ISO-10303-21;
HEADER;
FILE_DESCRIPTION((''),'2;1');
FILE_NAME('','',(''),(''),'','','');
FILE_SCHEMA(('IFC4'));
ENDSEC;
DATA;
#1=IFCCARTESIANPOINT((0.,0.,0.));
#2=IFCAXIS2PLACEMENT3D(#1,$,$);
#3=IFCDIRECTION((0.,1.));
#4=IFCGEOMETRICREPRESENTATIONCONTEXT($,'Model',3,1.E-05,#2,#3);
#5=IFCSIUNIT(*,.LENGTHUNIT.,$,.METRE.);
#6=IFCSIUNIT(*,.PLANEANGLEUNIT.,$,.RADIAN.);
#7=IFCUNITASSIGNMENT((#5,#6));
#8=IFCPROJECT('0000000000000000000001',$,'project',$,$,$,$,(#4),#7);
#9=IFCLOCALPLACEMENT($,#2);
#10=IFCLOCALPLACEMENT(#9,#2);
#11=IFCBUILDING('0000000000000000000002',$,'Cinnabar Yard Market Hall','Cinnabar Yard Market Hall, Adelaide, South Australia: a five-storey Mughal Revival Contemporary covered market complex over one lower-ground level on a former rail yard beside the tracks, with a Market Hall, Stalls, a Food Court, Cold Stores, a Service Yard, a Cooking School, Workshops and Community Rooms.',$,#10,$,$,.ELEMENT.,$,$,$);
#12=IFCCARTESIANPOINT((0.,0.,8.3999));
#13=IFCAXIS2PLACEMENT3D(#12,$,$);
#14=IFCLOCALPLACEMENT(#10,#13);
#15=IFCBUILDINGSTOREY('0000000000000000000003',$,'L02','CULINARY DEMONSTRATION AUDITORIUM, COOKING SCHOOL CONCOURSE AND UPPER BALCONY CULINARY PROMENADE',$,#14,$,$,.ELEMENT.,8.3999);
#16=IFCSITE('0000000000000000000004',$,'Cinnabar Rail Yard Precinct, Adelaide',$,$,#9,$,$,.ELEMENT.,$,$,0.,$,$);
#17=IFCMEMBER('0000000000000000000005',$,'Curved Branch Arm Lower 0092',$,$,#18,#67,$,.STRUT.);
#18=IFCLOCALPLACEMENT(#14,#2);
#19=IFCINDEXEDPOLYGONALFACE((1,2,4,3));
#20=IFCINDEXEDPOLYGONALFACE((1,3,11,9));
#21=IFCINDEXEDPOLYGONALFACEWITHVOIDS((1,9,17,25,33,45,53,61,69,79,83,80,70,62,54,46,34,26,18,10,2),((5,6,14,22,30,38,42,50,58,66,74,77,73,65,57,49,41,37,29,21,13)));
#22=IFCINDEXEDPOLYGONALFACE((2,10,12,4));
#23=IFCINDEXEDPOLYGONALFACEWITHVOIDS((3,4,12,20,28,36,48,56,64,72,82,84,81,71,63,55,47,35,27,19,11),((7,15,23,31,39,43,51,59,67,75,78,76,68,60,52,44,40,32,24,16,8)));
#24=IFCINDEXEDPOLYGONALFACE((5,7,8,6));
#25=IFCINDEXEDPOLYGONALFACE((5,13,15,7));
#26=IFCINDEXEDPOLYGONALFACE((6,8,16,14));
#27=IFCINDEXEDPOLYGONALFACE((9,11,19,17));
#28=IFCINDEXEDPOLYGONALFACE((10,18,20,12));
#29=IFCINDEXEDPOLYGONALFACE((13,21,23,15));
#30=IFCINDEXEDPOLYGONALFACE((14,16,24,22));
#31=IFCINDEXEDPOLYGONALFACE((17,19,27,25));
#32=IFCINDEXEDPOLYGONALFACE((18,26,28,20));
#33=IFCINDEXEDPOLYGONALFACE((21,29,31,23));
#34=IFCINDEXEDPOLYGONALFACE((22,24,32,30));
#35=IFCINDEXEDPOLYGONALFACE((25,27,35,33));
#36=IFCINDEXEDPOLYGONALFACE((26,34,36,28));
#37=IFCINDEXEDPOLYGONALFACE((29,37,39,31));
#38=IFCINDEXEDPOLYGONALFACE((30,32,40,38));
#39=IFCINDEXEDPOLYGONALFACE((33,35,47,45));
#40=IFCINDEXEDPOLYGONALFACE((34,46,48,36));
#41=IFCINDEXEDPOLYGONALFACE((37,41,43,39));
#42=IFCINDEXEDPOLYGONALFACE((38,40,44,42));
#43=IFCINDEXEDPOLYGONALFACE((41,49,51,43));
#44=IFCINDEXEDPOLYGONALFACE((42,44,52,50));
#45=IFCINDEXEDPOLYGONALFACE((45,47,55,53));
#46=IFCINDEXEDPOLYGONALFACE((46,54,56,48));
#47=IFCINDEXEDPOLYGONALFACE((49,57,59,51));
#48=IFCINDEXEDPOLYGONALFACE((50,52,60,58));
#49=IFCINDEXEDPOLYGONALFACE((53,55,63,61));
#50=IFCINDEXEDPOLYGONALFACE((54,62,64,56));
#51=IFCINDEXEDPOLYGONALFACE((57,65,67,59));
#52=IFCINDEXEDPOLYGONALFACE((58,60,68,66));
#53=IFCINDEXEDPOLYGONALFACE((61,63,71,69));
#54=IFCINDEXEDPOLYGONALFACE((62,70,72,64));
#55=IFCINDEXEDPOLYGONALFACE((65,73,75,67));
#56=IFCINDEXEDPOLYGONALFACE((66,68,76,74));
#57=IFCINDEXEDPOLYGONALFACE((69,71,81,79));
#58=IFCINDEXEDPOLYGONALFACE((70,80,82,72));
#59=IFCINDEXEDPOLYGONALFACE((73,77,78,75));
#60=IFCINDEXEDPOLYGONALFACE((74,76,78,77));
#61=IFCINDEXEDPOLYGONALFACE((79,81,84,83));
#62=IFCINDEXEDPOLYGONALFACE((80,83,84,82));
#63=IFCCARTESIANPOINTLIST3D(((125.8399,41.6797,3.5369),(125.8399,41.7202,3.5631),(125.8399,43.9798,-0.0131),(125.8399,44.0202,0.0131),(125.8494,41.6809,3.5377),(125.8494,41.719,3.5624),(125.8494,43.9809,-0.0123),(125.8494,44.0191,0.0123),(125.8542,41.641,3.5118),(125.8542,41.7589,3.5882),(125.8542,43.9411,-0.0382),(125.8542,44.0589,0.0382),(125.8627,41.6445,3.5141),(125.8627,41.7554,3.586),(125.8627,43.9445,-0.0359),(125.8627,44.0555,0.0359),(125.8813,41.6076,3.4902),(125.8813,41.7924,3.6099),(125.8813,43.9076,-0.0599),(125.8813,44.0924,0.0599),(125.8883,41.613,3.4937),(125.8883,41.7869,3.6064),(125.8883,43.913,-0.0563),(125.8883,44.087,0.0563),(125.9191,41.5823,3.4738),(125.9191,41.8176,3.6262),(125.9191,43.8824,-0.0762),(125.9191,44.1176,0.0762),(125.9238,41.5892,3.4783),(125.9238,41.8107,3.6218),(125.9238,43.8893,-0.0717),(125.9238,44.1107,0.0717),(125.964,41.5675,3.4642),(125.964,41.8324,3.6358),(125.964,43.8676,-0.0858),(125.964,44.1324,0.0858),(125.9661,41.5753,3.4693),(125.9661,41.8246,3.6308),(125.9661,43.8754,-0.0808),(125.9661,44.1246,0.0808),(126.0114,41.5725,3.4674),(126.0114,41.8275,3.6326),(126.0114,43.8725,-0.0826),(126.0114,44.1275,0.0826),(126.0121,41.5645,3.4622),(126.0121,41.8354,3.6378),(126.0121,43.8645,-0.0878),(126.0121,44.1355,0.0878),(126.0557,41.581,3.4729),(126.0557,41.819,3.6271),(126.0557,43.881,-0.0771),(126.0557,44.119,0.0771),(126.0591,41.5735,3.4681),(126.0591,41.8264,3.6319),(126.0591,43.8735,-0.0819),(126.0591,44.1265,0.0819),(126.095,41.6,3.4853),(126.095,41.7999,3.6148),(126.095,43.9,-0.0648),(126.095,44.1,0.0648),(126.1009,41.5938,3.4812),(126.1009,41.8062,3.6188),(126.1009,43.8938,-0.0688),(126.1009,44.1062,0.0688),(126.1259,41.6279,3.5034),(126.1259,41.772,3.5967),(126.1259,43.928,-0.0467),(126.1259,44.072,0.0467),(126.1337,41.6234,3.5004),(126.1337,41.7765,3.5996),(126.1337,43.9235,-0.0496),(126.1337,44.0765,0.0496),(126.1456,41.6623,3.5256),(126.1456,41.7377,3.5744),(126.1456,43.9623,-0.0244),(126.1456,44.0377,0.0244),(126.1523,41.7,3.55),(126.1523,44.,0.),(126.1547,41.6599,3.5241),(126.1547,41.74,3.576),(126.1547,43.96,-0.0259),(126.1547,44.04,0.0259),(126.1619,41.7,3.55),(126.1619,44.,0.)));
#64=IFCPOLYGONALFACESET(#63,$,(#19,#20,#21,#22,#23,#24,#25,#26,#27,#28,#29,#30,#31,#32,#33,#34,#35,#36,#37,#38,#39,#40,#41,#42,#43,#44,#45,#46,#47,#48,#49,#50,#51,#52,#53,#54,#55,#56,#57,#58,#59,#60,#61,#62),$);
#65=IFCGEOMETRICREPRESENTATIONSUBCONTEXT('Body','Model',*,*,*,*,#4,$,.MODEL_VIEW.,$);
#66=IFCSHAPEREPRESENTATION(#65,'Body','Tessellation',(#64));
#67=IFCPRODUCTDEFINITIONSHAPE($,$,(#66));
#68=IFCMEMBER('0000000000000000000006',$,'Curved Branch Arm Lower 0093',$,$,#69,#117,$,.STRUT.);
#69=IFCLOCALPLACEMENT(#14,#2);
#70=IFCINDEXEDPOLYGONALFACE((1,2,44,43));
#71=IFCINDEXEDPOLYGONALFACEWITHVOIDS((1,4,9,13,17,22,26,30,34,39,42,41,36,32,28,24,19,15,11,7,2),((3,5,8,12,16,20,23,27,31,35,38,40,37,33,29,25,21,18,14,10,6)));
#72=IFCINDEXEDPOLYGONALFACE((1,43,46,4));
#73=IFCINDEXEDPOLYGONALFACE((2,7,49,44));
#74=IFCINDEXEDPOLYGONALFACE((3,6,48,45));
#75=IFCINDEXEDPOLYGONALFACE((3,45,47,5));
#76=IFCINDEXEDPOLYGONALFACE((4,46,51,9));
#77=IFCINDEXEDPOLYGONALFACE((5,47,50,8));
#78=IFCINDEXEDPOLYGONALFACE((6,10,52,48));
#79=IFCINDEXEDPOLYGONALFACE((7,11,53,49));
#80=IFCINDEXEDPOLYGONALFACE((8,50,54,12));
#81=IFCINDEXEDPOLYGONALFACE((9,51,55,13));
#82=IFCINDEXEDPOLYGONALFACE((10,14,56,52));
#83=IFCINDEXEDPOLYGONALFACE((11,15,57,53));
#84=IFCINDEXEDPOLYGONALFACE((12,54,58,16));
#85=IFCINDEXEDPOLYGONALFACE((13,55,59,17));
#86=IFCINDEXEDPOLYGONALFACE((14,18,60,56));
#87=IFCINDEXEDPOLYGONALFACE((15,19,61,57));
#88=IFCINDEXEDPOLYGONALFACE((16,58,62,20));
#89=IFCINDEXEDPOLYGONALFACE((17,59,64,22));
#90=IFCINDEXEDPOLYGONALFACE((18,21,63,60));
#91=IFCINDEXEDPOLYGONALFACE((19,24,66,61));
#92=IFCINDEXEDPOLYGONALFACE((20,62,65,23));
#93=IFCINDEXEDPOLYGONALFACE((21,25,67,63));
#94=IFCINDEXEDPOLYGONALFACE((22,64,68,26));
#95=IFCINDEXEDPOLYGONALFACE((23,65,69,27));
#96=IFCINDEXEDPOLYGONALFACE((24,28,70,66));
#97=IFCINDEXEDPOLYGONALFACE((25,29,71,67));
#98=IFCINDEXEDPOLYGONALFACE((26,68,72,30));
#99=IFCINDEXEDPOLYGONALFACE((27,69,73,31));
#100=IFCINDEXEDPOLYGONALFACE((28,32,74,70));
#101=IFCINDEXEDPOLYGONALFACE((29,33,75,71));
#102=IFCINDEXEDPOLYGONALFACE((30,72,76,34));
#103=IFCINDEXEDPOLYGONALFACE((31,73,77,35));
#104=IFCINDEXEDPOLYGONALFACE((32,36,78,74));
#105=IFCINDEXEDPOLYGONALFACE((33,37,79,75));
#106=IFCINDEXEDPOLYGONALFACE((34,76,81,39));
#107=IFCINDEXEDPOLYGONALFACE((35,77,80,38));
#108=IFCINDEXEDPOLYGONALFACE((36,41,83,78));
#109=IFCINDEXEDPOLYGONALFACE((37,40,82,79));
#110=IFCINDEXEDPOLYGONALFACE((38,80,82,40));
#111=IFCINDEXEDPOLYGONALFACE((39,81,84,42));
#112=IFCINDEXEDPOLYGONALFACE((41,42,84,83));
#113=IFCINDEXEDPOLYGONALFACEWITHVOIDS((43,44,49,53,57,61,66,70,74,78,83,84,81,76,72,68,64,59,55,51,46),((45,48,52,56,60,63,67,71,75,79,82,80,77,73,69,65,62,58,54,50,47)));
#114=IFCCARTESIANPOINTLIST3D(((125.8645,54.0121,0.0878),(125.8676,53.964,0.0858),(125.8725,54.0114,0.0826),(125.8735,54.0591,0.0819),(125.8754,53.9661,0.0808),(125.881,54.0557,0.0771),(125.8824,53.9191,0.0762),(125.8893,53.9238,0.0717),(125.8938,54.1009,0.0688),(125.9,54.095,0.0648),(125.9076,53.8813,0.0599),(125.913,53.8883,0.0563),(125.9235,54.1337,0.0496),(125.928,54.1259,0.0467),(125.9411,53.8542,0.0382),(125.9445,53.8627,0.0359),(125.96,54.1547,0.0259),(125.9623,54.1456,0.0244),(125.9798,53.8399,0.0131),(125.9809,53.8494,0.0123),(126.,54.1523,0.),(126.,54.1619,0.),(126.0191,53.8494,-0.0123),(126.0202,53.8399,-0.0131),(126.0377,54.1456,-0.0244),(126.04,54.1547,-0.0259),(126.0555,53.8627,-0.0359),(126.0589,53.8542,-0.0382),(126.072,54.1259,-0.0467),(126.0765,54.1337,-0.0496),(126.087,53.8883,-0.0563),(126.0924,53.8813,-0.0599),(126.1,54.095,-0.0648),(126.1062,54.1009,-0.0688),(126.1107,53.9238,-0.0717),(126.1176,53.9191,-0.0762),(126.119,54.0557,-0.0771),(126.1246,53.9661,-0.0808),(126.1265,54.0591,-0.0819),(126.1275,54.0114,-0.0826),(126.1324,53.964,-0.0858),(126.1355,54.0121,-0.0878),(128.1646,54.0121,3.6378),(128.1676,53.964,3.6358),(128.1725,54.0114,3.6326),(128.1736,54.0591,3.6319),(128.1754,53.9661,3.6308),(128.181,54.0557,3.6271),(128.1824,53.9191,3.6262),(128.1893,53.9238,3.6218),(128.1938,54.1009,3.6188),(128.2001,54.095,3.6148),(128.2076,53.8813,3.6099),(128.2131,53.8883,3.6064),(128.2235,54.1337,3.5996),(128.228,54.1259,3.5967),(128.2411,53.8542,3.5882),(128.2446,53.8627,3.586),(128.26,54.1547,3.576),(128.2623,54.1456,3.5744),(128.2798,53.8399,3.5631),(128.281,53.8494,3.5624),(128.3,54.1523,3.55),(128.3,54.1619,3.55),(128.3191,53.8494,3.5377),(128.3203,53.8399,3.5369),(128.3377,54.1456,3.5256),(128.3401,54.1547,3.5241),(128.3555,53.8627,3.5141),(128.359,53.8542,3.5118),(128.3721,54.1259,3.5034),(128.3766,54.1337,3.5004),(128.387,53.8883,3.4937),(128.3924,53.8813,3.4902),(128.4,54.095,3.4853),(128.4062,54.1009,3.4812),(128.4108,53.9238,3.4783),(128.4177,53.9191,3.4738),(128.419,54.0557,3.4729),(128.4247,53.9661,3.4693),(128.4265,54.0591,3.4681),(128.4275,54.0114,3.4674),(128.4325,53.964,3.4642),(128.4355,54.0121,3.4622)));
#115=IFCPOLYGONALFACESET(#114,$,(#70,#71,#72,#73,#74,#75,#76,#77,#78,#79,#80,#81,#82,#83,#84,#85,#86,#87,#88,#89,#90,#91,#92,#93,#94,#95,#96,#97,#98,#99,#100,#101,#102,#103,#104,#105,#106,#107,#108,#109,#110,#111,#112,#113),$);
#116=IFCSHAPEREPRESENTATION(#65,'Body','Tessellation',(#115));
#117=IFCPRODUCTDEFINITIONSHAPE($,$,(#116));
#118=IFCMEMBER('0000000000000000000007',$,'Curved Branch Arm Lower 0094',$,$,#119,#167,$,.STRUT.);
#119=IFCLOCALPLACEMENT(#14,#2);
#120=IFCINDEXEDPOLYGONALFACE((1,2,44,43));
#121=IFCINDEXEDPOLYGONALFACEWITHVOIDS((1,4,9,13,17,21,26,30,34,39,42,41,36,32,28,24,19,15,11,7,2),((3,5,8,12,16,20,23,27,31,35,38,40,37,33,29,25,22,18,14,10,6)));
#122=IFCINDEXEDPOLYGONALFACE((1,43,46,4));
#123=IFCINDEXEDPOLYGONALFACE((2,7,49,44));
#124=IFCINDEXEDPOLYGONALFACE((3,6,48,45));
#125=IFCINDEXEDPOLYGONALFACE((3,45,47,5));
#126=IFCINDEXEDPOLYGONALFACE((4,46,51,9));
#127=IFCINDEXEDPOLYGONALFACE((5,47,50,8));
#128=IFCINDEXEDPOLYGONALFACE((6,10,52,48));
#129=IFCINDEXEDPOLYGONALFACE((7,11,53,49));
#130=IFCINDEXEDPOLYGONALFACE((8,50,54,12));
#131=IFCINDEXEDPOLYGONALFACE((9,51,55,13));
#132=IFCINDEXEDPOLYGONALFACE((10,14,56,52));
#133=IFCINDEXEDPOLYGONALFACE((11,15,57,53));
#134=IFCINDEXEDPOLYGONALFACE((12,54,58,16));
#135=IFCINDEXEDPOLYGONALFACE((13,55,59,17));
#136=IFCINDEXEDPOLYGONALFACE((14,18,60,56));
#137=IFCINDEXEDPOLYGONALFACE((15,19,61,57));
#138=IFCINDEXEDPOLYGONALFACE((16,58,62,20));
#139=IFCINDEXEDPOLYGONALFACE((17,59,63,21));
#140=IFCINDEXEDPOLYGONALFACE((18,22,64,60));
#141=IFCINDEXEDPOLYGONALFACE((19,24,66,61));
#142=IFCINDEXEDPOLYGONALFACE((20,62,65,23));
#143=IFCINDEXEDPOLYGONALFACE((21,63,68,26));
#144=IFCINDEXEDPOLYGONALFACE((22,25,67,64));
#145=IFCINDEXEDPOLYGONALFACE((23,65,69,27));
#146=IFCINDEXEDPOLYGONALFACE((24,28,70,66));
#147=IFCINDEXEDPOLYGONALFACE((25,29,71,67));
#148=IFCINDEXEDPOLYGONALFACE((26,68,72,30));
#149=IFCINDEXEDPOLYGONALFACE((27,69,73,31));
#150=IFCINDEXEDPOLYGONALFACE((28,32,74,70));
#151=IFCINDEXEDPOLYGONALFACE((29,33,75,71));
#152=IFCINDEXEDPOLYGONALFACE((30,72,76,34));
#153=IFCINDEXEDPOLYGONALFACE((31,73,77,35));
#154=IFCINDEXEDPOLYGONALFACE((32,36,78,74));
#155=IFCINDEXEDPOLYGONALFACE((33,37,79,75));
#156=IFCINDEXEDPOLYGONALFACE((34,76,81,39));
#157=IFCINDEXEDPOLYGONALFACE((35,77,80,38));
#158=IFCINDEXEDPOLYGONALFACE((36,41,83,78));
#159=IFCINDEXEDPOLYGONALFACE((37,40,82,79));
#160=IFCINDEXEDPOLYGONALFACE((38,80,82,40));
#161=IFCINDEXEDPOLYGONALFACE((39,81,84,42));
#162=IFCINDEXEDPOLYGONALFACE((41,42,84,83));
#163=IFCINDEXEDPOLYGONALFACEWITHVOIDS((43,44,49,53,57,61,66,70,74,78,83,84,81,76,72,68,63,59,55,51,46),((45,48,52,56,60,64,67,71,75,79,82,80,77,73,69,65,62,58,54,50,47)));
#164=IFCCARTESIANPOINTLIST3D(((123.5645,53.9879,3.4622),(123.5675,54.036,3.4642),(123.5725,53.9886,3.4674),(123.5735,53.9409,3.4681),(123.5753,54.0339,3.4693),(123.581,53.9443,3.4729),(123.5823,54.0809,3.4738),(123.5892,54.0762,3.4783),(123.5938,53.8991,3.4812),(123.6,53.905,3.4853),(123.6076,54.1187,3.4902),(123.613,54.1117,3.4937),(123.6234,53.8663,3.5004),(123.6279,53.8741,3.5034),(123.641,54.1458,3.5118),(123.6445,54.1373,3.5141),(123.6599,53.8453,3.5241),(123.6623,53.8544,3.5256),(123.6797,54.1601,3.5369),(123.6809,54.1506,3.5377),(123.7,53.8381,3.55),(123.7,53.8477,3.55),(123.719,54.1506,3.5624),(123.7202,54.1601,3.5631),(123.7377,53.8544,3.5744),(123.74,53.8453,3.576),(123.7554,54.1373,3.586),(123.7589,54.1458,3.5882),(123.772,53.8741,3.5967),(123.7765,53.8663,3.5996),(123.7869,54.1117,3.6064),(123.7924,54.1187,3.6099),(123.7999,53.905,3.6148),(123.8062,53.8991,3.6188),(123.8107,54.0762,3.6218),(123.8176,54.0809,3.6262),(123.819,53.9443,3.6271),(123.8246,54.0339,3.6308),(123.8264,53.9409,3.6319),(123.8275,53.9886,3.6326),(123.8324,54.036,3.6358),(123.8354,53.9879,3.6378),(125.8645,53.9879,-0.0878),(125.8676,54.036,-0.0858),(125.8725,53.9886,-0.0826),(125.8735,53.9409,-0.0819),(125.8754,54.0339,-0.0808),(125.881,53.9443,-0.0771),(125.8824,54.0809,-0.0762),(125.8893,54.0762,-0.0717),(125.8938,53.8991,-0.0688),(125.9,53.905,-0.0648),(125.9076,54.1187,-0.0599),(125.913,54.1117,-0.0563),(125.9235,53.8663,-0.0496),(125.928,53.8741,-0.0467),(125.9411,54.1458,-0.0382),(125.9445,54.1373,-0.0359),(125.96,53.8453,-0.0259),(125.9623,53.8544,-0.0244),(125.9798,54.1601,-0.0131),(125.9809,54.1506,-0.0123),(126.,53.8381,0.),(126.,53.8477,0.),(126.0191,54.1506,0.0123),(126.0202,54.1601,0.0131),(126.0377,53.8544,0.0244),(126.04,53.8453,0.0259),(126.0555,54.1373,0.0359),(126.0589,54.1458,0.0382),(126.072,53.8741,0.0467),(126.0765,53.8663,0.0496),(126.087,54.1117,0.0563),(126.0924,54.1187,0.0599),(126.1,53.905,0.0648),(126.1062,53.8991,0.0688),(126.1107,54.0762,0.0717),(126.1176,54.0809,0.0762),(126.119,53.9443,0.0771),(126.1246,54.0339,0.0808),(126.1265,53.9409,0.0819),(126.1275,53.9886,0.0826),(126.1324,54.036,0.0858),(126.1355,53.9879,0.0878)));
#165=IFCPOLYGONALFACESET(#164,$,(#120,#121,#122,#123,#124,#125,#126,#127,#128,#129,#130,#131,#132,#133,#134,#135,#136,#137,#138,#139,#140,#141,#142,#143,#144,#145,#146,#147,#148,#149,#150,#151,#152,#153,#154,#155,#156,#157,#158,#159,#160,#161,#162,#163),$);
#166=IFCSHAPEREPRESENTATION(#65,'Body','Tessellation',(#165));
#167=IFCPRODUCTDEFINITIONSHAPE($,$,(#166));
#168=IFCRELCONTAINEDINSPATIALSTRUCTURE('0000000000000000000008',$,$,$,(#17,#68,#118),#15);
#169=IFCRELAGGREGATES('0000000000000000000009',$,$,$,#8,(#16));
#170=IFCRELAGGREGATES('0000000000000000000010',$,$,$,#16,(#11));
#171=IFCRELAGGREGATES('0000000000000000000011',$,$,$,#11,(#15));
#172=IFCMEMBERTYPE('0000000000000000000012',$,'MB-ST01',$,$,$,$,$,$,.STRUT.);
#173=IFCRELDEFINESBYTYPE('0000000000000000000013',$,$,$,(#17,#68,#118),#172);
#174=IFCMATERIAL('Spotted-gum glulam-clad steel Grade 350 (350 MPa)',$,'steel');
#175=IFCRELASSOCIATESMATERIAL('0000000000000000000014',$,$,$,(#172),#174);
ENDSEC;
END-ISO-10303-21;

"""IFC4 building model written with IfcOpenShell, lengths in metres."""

from ifc_helpers import new_model, si_unit, direction, frame, origin, origin_2d_with_axis, place, context, subcontext, project, spatial, hollow_circle, extrude, material, material_profile, profile_set, type_object, element, save


model = new_model("IFC4")

# Units and contexts
model_context = context("Model", 3, precision=1e-05, world=origin(), true_north=direction((0.0, 1.0)))
body_context = subcontext(model_context, "Body", "Model", "MODEL_VIEW")
ifc_project = project(units=[si_unit("LENGTHUNIT", "METRE"), si_unit("PLANEANGLEUNIT", "RADIAN")], contexts=[model_context])

# Site, building, storey
site_placement = place(None, origin())
site = spatial("IfcSite", under=ifc_project, at=site_placement, Name="Cinnabar Rail Yard Precinct, Adelaide", CompositionType="ELEMENT", RefElevation=0.0)
building_placement = place(site_placement, origin())
building = spatial("IfcBuilding", under=site, at=building_placement, Name="Cinnabar Yard Market Hall", Description="Cinnabar Yard Market Hall, Adelaide, South Australia: a five-storey Mughal Revival Contemporary covered market complex over one lower-ground level on a former rail yard beside the tracks, with a Market Hall, Stalls, a Food Court, Cold Stores, a Service Yard, a Cooking School, Workshops and Community Rooms.", CompositionType="ELEMENT")
storey_placement = place(building_placement, frame((0.0, 0.0, 8.3999)))
storey = spatial("IfcBuildingStorey", under=building, at=storey_placement, Name="L02", Description="CULINARY DEMONSTRATION AUDITORIUM, COOKING SCHOOL CONCOURSE AND UPPER BALCONY CULINARY PROMENADE", CompositionType="ELEMENT", Elevation=8.3999)

# Shared definitions
ifc_material_1 = material(Name="Spotted-gum glulam-clad steel Grade 350 (350 MPa)", Category="steel")

# Members
ifc_material_profile_1 = material_profile(ifc_material_1, hollow_circle(Radius=0.1619, WallThickness=0.0095, at=origin_2d_with_axis()), Name="323.9x9.5CHS")
ifc_profile_set_1 = profile_set([ifc_material_profile_1], Name="Spotted-gum glulam-clad steel Grade 350 (350 MPa)")
member_type_1 = type_object("IfcMemberType", Name="MB-ST01", PredefinedType="STRUT", material=ifc_profile_set_1)
for number, where, z_axis, x_axis, name in (
    (1, (126.0, 44.0, 0.0), (0.0, -0.543744, 0.839251), (1.0, 0.0, 0.0), "Curved Branch Arm Lower 0092"),
    (2, (126.0, 54.0, 0.0), (0.543744, 0.0, 0.839251), (0.0, 1.0, 0.0), "Curved Branch Arm Lower 0093"),
    (3, (126.0, 54.0, 0.0), (-0.543744, 0.0, 0.839251), (0.0, -1.0, 0.0), "Curved Branch Arm Lower 0094"),
):
    element("IfcMember", number, at=place(storey_placement, frame(where, z_axis=z_axis, x_axis=x_axis)), inside=storey, type_object=member_type_1, Name=name, PredefinedType="STRUT", context=body_context, shape_type="SweptSolid", body=[
        extrude(hollow_circle(Radius=0.1619, WallThickness=0.0095, at=origin_2d_with_axis()), origin(), (0.0, 0.0, 1.0), 4.23),
    ])

save(model, "model.ifc")
